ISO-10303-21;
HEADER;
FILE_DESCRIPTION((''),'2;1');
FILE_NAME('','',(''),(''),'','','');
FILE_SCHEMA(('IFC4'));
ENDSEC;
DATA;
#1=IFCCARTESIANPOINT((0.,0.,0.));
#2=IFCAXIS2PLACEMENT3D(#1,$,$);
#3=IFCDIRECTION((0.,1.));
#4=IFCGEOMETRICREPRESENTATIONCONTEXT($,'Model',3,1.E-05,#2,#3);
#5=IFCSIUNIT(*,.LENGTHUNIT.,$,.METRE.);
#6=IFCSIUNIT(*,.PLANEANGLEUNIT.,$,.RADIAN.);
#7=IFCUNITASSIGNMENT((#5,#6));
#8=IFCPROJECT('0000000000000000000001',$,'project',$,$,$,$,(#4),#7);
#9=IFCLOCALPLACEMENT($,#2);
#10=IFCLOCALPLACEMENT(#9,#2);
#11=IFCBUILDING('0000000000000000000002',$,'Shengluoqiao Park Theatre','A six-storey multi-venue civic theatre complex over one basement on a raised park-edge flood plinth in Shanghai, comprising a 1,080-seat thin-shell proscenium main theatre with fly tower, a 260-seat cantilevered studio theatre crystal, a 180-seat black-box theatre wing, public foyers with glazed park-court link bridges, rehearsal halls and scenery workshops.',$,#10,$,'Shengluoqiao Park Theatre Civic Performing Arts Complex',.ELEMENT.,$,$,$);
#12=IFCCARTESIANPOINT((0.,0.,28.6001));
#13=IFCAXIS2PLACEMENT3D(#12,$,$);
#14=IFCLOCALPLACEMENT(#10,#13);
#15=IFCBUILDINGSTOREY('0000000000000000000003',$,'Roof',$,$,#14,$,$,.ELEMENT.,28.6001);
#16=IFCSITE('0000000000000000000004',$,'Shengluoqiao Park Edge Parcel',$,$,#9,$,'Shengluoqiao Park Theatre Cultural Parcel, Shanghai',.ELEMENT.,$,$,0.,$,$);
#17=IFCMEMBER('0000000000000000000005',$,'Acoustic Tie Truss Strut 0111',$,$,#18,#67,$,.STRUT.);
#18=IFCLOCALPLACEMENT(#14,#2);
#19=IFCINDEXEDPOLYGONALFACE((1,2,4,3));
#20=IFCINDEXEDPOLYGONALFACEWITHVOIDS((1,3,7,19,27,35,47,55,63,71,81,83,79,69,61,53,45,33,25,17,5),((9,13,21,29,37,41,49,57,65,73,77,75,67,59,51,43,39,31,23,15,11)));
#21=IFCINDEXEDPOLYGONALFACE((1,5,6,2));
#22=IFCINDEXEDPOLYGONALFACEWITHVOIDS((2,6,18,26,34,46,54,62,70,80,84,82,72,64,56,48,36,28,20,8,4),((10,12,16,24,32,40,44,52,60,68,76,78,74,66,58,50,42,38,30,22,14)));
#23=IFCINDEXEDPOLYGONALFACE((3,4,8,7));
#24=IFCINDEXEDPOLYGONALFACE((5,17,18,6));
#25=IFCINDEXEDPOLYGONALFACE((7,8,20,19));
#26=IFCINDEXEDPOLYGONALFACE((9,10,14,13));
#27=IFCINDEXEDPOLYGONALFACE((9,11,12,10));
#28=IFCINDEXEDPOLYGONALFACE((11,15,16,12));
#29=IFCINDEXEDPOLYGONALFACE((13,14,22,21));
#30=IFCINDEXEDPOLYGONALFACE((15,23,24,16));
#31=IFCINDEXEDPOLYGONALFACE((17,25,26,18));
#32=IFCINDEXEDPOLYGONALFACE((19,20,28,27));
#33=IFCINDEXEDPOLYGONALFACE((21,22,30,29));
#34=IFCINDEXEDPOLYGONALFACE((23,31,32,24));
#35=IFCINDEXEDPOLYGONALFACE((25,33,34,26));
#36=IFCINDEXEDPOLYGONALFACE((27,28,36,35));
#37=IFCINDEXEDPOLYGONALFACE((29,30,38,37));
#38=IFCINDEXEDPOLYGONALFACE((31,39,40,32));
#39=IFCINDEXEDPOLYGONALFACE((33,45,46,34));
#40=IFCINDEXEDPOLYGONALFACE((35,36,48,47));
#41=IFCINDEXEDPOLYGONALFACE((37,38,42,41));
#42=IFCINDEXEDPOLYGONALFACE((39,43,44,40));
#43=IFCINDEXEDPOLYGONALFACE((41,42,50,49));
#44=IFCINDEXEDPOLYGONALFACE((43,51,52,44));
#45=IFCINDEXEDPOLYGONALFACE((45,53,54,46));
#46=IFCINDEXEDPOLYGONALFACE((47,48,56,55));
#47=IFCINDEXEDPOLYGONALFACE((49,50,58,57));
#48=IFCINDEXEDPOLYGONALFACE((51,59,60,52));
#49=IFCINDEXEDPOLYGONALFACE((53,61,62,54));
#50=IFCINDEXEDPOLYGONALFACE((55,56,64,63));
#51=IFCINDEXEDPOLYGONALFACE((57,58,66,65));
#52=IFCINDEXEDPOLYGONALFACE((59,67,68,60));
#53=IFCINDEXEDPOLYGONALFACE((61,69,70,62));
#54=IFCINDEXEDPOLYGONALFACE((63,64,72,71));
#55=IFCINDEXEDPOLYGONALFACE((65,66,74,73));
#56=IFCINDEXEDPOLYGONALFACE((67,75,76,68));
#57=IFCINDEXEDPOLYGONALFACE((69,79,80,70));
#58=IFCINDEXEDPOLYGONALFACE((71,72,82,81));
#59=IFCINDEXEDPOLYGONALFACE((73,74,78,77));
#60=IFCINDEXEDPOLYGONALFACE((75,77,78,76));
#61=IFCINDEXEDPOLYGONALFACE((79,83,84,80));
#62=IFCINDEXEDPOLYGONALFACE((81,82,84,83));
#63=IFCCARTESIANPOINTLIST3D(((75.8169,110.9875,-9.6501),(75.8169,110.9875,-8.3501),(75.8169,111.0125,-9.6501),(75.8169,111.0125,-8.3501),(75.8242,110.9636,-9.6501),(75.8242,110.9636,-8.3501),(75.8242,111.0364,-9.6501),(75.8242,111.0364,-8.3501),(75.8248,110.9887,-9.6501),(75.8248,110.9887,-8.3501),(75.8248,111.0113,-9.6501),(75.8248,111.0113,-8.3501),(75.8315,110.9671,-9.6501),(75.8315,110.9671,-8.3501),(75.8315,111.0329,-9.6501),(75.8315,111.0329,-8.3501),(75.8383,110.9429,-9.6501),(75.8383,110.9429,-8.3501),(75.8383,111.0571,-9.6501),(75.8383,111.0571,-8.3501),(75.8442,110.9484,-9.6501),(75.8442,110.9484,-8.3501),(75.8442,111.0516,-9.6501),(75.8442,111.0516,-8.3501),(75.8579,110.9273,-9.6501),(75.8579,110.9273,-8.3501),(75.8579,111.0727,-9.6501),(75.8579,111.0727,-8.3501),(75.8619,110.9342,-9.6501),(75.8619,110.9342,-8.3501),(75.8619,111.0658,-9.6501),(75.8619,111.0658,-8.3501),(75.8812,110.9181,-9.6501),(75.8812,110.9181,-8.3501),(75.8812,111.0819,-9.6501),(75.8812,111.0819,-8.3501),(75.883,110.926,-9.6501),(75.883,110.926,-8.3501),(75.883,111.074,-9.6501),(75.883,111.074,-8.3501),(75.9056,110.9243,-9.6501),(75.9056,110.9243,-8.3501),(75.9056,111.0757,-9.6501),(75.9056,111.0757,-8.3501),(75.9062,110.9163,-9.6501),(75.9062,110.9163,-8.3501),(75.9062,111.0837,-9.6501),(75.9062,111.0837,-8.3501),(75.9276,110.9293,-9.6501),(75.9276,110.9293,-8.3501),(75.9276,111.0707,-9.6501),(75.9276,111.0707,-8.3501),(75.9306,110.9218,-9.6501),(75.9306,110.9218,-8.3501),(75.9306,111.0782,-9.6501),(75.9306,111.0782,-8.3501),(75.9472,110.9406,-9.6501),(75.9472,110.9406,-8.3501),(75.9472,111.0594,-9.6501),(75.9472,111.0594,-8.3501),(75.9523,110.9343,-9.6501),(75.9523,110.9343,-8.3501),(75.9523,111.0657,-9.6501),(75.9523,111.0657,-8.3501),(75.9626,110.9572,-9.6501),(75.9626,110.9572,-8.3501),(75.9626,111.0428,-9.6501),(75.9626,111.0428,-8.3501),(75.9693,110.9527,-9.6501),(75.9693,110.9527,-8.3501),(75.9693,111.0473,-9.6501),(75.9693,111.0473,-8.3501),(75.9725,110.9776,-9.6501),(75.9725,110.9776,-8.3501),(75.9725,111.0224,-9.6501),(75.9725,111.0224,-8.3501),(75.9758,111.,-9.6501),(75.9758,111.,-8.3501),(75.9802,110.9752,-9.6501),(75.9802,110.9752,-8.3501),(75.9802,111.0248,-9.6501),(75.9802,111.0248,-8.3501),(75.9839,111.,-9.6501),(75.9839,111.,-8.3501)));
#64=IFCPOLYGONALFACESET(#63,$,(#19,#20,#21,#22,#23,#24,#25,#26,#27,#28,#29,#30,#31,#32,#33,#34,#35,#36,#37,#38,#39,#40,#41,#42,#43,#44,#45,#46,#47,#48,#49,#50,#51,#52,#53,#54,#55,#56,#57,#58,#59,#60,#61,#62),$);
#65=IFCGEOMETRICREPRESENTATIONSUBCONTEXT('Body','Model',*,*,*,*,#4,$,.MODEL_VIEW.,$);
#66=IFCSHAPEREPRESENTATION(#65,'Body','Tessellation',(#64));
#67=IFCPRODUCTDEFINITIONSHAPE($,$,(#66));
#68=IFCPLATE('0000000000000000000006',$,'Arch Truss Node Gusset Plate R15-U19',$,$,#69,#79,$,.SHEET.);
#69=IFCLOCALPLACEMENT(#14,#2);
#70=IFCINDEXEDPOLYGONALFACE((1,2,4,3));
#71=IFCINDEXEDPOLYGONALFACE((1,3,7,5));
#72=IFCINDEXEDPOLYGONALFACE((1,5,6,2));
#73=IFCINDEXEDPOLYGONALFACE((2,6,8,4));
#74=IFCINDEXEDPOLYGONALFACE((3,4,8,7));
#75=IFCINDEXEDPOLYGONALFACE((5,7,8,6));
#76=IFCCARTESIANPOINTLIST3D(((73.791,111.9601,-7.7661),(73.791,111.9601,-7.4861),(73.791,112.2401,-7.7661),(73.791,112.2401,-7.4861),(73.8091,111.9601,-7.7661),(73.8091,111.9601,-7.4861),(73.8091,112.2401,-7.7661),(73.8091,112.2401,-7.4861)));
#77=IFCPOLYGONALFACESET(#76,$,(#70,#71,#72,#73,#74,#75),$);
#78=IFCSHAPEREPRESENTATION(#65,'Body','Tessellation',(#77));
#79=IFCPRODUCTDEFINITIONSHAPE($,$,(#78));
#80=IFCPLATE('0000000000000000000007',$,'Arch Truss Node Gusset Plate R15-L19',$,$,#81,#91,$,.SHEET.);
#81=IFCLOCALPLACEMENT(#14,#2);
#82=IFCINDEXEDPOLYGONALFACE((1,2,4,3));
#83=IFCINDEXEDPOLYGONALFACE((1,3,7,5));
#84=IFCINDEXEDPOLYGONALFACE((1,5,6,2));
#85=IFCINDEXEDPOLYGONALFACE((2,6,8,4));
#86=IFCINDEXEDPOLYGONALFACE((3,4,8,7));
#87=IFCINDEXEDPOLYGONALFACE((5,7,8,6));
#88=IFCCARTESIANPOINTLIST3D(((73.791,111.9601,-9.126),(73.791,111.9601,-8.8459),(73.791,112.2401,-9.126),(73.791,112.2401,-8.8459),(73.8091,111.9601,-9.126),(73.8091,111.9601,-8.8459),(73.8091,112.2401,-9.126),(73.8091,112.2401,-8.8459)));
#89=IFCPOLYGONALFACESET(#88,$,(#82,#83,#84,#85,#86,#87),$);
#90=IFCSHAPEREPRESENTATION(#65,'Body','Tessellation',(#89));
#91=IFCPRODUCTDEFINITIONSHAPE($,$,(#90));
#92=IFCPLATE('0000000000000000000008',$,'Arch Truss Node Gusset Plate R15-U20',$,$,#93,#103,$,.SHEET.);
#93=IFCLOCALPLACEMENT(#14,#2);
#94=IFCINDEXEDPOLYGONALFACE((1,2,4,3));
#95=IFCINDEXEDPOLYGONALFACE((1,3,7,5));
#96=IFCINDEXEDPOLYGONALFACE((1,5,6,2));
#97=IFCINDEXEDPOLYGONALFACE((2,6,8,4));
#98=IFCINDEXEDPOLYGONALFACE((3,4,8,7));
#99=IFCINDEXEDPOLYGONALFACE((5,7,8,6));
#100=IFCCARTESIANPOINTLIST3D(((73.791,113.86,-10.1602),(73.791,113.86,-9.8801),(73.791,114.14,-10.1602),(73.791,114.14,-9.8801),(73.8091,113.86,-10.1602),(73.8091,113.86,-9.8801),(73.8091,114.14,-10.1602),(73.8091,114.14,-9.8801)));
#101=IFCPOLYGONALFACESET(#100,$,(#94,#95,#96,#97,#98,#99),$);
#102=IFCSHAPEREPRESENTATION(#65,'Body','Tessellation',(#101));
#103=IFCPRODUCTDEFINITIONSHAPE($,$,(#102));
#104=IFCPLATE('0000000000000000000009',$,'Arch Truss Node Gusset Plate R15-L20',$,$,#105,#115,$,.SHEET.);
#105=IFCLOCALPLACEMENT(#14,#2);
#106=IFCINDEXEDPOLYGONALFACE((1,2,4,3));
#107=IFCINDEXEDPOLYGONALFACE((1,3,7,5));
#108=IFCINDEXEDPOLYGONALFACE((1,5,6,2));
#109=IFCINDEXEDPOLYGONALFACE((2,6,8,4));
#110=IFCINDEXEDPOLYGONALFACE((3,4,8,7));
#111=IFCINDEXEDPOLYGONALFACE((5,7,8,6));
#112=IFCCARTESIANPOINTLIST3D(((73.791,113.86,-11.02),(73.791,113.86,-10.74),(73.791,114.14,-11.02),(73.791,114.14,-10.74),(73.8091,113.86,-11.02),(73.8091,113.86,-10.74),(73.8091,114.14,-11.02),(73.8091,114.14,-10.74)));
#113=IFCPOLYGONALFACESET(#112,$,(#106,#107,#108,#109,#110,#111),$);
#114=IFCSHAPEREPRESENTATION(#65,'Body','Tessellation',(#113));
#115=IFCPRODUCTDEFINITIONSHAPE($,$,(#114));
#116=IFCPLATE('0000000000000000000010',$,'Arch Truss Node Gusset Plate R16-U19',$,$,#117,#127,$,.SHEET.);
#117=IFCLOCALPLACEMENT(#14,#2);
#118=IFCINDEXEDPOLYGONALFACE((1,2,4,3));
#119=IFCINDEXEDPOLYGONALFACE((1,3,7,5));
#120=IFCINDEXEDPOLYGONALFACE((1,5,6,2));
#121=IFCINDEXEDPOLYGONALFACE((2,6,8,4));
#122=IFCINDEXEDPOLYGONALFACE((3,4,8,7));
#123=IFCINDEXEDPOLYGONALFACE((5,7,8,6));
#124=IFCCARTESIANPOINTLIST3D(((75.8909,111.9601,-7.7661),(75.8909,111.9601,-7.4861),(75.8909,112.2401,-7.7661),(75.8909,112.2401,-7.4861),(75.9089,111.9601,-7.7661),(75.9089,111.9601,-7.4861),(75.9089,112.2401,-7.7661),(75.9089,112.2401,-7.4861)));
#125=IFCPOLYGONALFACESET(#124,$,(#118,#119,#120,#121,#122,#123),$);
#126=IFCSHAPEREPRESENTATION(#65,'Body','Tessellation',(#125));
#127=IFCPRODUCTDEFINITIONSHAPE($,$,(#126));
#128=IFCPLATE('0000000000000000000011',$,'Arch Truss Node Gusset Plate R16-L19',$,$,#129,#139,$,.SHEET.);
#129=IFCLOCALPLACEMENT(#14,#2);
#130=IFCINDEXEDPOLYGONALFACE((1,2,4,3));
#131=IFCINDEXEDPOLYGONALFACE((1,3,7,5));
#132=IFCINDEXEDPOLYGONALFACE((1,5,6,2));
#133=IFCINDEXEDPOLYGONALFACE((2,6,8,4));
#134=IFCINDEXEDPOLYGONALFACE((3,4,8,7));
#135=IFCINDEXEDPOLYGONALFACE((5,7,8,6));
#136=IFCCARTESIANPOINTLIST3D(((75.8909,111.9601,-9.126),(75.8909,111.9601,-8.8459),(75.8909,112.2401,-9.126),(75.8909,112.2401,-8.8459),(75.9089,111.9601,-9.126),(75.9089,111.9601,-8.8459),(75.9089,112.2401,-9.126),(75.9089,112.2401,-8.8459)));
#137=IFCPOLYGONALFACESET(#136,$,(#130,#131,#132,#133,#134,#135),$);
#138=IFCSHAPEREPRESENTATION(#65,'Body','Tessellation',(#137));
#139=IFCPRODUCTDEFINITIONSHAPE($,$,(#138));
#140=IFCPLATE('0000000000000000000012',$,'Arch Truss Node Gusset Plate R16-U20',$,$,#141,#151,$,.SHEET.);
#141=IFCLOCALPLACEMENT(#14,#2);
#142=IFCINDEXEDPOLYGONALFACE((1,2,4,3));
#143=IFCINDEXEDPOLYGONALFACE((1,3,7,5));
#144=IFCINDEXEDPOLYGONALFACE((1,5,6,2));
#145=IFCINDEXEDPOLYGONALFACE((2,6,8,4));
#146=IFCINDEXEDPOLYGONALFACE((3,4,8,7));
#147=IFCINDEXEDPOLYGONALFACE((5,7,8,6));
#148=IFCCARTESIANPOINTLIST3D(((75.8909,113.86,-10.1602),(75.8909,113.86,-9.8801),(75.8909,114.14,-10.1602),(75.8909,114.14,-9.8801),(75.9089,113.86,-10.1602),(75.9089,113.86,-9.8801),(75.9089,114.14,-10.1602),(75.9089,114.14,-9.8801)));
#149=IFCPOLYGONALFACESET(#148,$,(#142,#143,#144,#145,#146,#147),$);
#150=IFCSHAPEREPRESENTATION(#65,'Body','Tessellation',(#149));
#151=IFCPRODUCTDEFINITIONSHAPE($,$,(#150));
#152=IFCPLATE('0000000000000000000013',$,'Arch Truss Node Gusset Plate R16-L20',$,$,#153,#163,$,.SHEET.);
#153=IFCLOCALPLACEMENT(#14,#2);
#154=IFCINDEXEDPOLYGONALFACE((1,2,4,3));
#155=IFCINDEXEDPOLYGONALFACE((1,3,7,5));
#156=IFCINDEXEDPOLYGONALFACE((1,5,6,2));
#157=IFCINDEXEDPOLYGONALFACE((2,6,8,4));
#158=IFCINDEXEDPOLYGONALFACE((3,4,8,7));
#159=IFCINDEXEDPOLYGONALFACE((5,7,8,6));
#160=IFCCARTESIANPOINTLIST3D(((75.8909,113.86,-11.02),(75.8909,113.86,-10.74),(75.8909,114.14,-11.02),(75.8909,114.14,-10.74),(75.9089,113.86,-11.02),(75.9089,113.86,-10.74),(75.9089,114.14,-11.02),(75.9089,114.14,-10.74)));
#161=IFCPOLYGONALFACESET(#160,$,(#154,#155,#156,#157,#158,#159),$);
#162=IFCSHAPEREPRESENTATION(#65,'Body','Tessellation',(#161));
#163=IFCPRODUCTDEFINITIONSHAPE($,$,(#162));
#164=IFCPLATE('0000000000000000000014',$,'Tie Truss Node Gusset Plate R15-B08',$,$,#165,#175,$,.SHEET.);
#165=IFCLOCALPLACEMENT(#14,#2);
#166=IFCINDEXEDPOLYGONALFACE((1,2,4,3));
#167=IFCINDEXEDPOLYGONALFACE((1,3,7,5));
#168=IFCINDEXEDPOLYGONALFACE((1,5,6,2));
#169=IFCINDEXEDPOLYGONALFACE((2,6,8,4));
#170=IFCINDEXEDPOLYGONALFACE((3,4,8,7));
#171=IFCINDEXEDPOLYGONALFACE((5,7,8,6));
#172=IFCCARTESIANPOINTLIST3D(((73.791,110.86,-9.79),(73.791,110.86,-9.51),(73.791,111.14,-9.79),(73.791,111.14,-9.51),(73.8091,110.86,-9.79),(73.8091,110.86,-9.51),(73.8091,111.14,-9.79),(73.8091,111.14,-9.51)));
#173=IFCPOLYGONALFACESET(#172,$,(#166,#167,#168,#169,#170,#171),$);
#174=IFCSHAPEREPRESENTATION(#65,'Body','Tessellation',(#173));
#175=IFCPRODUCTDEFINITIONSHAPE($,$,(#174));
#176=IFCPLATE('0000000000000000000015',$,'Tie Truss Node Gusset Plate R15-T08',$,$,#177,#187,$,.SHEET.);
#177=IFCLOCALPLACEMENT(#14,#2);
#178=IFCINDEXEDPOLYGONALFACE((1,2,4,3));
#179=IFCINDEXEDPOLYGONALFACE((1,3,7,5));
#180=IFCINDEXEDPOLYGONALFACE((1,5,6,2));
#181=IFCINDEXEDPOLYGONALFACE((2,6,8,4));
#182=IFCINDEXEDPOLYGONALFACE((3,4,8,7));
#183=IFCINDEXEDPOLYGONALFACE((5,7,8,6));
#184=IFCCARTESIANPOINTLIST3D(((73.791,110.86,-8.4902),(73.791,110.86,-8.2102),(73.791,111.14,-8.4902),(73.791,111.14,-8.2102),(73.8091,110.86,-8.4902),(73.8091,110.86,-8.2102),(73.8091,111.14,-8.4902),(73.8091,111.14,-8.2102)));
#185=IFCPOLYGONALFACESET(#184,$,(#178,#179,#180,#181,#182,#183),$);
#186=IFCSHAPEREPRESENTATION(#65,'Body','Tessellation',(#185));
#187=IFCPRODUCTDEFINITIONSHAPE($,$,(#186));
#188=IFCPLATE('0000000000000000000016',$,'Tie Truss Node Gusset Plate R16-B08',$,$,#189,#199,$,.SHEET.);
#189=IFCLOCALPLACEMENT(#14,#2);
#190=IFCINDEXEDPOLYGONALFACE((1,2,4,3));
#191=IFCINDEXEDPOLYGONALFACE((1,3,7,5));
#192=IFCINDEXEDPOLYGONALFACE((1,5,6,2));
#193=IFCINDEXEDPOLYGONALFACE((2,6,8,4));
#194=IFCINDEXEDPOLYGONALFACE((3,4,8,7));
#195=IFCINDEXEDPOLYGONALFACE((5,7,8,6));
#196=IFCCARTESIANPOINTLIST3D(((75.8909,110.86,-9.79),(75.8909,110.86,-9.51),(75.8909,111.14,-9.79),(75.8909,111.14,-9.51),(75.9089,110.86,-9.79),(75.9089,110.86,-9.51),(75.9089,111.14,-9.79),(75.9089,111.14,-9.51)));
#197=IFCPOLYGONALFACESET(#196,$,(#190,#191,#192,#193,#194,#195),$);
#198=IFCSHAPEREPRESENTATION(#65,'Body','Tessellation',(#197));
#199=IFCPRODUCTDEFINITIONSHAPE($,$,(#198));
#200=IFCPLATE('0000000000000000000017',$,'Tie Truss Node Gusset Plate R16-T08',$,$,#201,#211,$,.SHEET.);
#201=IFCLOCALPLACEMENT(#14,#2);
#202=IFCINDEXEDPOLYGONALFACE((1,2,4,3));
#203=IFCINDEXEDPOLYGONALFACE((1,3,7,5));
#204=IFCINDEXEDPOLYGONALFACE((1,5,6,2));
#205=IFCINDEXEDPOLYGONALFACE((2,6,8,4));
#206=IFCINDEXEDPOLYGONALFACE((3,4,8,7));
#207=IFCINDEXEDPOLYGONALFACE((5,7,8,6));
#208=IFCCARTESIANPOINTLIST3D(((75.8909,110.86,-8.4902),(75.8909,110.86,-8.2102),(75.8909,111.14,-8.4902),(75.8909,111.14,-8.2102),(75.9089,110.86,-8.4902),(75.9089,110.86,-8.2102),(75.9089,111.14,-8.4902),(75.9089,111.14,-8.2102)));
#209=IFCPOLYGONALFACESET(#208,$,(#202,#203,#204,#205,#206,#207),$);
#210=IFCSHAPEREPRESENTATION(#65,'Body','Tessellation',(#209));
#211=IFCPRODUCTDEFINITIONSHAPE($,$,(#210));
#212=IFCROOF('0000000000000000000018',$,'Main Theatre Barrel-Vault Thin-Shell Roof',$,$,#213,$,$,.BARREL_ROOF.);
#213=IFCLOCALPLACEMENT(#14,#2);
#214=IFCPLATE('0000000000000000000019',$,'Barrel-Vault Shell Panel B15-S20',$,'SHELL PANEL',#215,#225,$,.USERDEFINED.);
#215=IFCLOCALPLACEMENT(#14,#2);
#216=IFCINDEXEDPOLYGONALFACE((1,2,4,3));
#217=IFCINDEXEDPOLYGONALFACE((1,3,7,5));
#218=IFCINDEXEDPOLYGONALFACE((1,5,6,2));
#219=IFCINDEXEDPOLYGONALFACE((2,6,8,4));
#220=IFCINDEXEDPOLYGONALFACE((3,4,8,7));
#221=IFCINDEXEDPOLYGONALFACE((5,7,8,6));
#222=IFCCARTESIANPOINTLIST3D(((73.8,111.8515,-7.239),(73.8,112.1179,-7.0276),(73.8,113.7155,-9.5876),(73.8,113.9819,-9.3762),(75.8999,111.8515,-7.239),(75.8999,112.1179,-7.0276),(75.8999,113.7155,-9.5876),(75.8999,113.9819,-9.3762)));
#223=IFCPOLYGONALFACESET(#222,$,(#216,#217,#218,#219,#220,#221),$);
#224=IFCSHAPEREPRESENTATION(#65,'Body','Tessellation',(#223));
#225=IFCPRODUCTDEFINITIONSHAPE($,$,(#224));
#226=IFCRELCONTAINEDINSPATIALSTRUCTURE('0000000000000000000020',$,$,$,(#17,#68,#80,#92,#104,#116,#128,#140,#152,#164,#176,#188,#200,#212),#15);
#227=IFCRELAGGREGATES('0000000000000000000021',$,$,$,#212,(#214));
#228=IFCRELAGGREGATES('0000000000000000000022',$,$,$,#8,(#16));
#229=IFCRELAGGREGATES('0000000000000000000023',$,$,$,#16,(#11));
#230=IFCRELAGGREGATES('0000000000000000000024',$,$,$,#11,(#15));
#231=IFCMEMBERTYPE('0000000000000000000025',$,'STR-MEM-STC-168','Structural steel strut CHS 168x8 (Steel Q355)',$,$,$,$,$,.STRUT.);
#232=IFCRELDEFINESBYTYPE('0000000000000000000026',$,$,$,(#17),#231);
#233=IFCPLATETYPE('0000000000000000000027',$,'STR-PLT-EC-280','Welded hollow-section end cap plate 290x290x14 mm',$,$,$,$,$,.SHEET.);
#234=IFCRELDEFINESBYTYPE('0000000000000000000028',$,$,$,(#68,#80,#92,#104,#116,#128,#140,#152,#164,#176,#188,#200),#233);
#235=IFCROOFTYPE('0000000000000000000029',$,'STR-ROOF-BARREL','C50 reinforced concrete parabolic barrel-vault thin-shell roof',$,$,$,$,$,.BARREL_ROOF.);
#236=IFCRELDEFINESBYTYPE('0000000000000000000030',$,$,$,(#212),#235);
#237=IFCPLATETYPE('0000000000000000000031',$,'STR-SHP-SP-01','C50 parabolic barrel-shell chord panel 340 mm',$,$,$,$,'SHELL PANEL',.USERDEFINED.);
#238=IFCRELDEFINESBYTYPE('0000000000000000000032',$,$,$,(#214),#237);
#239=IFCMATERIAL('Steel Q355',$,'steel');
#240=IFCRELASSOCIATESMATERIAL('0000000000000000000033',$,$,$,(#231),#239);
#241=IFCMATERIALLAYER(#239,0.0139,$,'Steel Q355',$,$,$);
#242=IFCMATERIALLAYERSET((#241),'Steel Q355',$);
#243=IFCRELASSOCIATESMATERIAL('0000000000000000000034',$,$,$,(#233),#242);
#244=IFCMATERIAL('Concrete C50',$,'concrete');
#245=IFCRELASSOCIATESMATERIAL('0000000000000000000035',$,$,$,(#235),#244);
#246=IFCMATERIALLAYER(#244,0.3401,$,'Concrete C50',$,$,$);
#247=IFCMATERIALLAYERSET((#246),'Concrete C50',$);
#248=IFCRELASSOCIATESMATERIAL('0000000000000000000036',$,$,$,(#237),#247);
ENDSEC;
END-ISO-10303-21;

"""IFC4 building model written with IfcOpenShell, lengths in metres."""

from ifc_helpers import new_model, si_unit, direction, frame, origin, origin_2d, place, context, subcontext, project, spatial, polyline, rectangle, hollow_circle, outline, extrude, material, layer, layer_set, material_profile, profile_set, type_object, element, aggregate, save


model = new_model("IFC4")

# Units and contexts
model_context = context("Model", 3, precision=1e-05, world=origin(), true_north=direction((0.0, 1.0)))
body_context = subcontext(model_context, "Body", "Model", "MODEL_VIEW")
ifc_project = project(units=[si_unit("LENGTHUNIT", "METRE"), si_unit("PLANEANGLEUNIT", "RADIAN")], contexts=[model_context])

# Site, building, storey
site_placement = place(None, origin())
site = spatial("IfcSite", under=ifc_project, at=site_placement, Name="Shengluoqiao Park Edge Parcel", LongName="Shengluoqiao Park Theatre Cultural Parcel, Shanghai", CompositionType="ELEMENT", RefElevation=0.0)
building_placement = place(site_placement, origin())
building = spatial("IfcBuilding", under=site, at=building_placement, Name="Shengluoqiao Park Theatre", Description="A six-storey multi-venue civic theatre complex over one basement on a raised park-edge flood plinth in Shanghai, comprising a 1,080-seat thin-shell proscenium main theatre with fly tower, a 260-seat cantilevered studio theatre crystal, a 180-seat black-box theatre wing, public foyers with glazed park-court link bridges, rehearsal halls and scenery workshops.", LongName="Shengluoqiao Park Theatre Civic Performing Arts Complex", CompositionType="ELEMENT")
storey_placement = place(building_placement, frame((0.0, 0.0, 28.6001)))
storey = spatial("IfcBuildingStorey", under=building, at=storey_placement, Name="Roof", CompositionType="ELEMENT", Elevation=28.6001)

# Shared definitions
ifc_material_1 = material(Name="Concrete C50", Category="concrete")
ifc_material_2 = material(Name="Steel Q355", Category="steel")

# Member
ifc_material_profile_1 = material_profile(ifc_material_2, hollow_circle(Radius=0.084, WallThickness=0.0081, at=origin_2d()), Name="CHS 168x8")
ifc_profile_set_1 = profile_set([ifc_material_profile_1], Name="Steel Q355")
member_type_1 = type_object("IfcMemberType", Name="STR-MEM-STC-168", Description="Structural steel strut CHS 168x8 (Steel Q355)", PredefinedType="STRUT", material=ifc_profile_set_1)
for number, where, z_axis, x_axis, name in (
    (1, (75.8999, 111.0, -9.6501), (0.0, 0.0, 1.0), (1.0, 0.0, 0.0), "Acoustic Tie Truss Strut 0111"),
):
    element("IfcMember", number, at=place(storey_placement, frame(where, z_axis=z_axis, x_axis=x_axis)), inside=storey, type_object=member_type_1, Name=name, PredefinedType="STRUT", context=body_context, shape_type="SweptSolid", body=[
        extrude(hollow_circle(Radius=0.084, WallThickness=0.0081, at=origin_2d()), origin(), (0.0, 0.0, 1.0), 1.3),
    ])

# Plates
ifc_layer_1 = layer(ifc_material_2, 0.0139, Name="Steel Q355")
ifc_layer_set_1 = layer_set([ifc_layer_1], Name="Steel Q355")
plate_type_1 = type_object("IfcPlateType", Name="STR-PLT-EC-280", Description="Welded hollow-section end cap plate 290x290x14 mm", PredefinedType="SHEET", material=ifc_layer_set_1)
for number, where, z_axis, x_axis, name in (
    (2, (73.8, 112.1001, -7.7661), (0.0, 0.0, 1.0), (1.0, 0.0, 0.0), "Arch Truss Node Gusset Plate R15-U19"),
    (3, (73.8, 112.1001, -9.126), (0.0, 0.0, 1.0), (1.0, 0.0, 0.0), "Arch Truss Node Gusset Plate R15-L19"),
    (4, (73.8, 114.0, -10.1602), (0.0, 0.0, 1.0), (1.0, 0.0, 0.0), "Arch Truss Node Gusset Plate R15-U20"),
    (5, (73.8, 114.0, -11.02), (0.0, 0.0, 1.0), (1.0, 0.0, 0.0), "Arch Truss Node Gusset Plate R15-L20"),
    (6, (75.8999, 112.1001, -7.7661), (0.0, 0.0, 1.0), (1.0, 0.0, 0.0), "Arch Truss Node Gusset Plate R16-U19"),
    (7, (75.8999, 112.1001, -9.126), (0.0, 0.0, 1.0), (1.0, 0.0, 0.0), "Arch Truss Node Gusset Plate R16-L19"),
    (8, (75.8999, 114.0, -10.1602), (0.0, 0.0, 1.0), (1.0, 0.0, 0.0), "Arch Truss Node Gusset Plate R16-U20"),
    (9, (75.8999, 114.0, -11.02), (0.0, 0.0, 1.0), (1.0, 0.0, 0.0), "Arch Truss Node Gusset Plate R16-L20"),
    (10, (73.8, 111.0, -9.79), (0.0, 0.0, 1.0), (1.0, 0.0, 0.0), "Tie Truss Node Gusset Plate R15-B08"),
    (11, (73.8, 111.0, -8.4902), (0.0, 0.0, 1.0), (1.0, 0.0, 0.0), "Tie Truss Node Gusset Plate R15-T08"),
    (12, (75.8999, 111.0, -9.79), (0.0, 0.0, 1.0), (1.0, 0.0, 0.0), "Tie Truss Node Gusset Plate R16-B08"),
    (13, (75.8999, 111.0, -8.4902), (0.0, 0.0, 1.0), (1.0, 0.0, 0.0), "Tie Truss Node Gusset Plate R16-T08"),
):
    element("IfcPlate", number, at=place(storey_placement, frame(where, z_axis=z_axis, x_axis=x_axis)), inside=storey, type_object=plate_type_1, Name=name, PredefinedType="SHEET", context=body_context, shape_type="SweptSolid", body=[
        extrude(rectangle(XDim=0.0181, YDim=0.28, at=origin_2d()), origin(), (0.0, 0.0, 1.0), 0.28),
    ])

# Roof, plate
roof_type = type_object("IfcRoofType", Name="STR-ROOF-BARREL", Description="C50 reinforced concrete parabolic barrel-vault thin-shell roof", PredefinedType="BARREL_ROOF", material=ifc_material_1)
roof_placement = place(storey_placement, origin())
roof = element("IfcRoof", 14, at=roof_placement, inside=storey, type_object=roof_type, Name="Main Theatre Barrel-Vault Thin-Shell Roof", PredefinedType="BARREL_ROOF")
ifc_layer_2 = layer(ifc_material_1, 0.3401, Name="Concrete C50")
ifc_layer_set_2 = layer_set([ifc_layer_2], Name="Concrete C50")
plate_type_2 = type_object("IfcPlateType", Name="STR-SHP-SP-01", Description="C50 parabolic barrel-shell chord panel 340 mm", ElementType="SHELL PANEL", PredefinedType="USERDEFINED", material=ifc_layer_set_2)
plate_1_placement = place(storey_placement, frame((73.8, 112.1179, -7.0276), z_axis=(0.0, 0.783286, 0.621662), x_axis=(1.0, 0.0, 0.0)))
plate_1 = element("IfcPlate", 15, at=plate_1_placement, type_object=plate_type_2, Name="Barrel-Vault Shell Panel B15-S20", ObjectType="SHELL PANEL", PredefinedType="USERDEFINED", context=body_context, shape_type="SweptSolid", body=[
    extrude(outline(polyline([(0.0, 0.0), (2.0999, 0.0), (2.0999, 2.9984), (0.0, 2.9984), (0.0, 0.0)])), origin(), (0.0, 0.0, -1.0), 0.3401),
])
aggregate(roof, [plate_1])

save(model, "model.ifc")
